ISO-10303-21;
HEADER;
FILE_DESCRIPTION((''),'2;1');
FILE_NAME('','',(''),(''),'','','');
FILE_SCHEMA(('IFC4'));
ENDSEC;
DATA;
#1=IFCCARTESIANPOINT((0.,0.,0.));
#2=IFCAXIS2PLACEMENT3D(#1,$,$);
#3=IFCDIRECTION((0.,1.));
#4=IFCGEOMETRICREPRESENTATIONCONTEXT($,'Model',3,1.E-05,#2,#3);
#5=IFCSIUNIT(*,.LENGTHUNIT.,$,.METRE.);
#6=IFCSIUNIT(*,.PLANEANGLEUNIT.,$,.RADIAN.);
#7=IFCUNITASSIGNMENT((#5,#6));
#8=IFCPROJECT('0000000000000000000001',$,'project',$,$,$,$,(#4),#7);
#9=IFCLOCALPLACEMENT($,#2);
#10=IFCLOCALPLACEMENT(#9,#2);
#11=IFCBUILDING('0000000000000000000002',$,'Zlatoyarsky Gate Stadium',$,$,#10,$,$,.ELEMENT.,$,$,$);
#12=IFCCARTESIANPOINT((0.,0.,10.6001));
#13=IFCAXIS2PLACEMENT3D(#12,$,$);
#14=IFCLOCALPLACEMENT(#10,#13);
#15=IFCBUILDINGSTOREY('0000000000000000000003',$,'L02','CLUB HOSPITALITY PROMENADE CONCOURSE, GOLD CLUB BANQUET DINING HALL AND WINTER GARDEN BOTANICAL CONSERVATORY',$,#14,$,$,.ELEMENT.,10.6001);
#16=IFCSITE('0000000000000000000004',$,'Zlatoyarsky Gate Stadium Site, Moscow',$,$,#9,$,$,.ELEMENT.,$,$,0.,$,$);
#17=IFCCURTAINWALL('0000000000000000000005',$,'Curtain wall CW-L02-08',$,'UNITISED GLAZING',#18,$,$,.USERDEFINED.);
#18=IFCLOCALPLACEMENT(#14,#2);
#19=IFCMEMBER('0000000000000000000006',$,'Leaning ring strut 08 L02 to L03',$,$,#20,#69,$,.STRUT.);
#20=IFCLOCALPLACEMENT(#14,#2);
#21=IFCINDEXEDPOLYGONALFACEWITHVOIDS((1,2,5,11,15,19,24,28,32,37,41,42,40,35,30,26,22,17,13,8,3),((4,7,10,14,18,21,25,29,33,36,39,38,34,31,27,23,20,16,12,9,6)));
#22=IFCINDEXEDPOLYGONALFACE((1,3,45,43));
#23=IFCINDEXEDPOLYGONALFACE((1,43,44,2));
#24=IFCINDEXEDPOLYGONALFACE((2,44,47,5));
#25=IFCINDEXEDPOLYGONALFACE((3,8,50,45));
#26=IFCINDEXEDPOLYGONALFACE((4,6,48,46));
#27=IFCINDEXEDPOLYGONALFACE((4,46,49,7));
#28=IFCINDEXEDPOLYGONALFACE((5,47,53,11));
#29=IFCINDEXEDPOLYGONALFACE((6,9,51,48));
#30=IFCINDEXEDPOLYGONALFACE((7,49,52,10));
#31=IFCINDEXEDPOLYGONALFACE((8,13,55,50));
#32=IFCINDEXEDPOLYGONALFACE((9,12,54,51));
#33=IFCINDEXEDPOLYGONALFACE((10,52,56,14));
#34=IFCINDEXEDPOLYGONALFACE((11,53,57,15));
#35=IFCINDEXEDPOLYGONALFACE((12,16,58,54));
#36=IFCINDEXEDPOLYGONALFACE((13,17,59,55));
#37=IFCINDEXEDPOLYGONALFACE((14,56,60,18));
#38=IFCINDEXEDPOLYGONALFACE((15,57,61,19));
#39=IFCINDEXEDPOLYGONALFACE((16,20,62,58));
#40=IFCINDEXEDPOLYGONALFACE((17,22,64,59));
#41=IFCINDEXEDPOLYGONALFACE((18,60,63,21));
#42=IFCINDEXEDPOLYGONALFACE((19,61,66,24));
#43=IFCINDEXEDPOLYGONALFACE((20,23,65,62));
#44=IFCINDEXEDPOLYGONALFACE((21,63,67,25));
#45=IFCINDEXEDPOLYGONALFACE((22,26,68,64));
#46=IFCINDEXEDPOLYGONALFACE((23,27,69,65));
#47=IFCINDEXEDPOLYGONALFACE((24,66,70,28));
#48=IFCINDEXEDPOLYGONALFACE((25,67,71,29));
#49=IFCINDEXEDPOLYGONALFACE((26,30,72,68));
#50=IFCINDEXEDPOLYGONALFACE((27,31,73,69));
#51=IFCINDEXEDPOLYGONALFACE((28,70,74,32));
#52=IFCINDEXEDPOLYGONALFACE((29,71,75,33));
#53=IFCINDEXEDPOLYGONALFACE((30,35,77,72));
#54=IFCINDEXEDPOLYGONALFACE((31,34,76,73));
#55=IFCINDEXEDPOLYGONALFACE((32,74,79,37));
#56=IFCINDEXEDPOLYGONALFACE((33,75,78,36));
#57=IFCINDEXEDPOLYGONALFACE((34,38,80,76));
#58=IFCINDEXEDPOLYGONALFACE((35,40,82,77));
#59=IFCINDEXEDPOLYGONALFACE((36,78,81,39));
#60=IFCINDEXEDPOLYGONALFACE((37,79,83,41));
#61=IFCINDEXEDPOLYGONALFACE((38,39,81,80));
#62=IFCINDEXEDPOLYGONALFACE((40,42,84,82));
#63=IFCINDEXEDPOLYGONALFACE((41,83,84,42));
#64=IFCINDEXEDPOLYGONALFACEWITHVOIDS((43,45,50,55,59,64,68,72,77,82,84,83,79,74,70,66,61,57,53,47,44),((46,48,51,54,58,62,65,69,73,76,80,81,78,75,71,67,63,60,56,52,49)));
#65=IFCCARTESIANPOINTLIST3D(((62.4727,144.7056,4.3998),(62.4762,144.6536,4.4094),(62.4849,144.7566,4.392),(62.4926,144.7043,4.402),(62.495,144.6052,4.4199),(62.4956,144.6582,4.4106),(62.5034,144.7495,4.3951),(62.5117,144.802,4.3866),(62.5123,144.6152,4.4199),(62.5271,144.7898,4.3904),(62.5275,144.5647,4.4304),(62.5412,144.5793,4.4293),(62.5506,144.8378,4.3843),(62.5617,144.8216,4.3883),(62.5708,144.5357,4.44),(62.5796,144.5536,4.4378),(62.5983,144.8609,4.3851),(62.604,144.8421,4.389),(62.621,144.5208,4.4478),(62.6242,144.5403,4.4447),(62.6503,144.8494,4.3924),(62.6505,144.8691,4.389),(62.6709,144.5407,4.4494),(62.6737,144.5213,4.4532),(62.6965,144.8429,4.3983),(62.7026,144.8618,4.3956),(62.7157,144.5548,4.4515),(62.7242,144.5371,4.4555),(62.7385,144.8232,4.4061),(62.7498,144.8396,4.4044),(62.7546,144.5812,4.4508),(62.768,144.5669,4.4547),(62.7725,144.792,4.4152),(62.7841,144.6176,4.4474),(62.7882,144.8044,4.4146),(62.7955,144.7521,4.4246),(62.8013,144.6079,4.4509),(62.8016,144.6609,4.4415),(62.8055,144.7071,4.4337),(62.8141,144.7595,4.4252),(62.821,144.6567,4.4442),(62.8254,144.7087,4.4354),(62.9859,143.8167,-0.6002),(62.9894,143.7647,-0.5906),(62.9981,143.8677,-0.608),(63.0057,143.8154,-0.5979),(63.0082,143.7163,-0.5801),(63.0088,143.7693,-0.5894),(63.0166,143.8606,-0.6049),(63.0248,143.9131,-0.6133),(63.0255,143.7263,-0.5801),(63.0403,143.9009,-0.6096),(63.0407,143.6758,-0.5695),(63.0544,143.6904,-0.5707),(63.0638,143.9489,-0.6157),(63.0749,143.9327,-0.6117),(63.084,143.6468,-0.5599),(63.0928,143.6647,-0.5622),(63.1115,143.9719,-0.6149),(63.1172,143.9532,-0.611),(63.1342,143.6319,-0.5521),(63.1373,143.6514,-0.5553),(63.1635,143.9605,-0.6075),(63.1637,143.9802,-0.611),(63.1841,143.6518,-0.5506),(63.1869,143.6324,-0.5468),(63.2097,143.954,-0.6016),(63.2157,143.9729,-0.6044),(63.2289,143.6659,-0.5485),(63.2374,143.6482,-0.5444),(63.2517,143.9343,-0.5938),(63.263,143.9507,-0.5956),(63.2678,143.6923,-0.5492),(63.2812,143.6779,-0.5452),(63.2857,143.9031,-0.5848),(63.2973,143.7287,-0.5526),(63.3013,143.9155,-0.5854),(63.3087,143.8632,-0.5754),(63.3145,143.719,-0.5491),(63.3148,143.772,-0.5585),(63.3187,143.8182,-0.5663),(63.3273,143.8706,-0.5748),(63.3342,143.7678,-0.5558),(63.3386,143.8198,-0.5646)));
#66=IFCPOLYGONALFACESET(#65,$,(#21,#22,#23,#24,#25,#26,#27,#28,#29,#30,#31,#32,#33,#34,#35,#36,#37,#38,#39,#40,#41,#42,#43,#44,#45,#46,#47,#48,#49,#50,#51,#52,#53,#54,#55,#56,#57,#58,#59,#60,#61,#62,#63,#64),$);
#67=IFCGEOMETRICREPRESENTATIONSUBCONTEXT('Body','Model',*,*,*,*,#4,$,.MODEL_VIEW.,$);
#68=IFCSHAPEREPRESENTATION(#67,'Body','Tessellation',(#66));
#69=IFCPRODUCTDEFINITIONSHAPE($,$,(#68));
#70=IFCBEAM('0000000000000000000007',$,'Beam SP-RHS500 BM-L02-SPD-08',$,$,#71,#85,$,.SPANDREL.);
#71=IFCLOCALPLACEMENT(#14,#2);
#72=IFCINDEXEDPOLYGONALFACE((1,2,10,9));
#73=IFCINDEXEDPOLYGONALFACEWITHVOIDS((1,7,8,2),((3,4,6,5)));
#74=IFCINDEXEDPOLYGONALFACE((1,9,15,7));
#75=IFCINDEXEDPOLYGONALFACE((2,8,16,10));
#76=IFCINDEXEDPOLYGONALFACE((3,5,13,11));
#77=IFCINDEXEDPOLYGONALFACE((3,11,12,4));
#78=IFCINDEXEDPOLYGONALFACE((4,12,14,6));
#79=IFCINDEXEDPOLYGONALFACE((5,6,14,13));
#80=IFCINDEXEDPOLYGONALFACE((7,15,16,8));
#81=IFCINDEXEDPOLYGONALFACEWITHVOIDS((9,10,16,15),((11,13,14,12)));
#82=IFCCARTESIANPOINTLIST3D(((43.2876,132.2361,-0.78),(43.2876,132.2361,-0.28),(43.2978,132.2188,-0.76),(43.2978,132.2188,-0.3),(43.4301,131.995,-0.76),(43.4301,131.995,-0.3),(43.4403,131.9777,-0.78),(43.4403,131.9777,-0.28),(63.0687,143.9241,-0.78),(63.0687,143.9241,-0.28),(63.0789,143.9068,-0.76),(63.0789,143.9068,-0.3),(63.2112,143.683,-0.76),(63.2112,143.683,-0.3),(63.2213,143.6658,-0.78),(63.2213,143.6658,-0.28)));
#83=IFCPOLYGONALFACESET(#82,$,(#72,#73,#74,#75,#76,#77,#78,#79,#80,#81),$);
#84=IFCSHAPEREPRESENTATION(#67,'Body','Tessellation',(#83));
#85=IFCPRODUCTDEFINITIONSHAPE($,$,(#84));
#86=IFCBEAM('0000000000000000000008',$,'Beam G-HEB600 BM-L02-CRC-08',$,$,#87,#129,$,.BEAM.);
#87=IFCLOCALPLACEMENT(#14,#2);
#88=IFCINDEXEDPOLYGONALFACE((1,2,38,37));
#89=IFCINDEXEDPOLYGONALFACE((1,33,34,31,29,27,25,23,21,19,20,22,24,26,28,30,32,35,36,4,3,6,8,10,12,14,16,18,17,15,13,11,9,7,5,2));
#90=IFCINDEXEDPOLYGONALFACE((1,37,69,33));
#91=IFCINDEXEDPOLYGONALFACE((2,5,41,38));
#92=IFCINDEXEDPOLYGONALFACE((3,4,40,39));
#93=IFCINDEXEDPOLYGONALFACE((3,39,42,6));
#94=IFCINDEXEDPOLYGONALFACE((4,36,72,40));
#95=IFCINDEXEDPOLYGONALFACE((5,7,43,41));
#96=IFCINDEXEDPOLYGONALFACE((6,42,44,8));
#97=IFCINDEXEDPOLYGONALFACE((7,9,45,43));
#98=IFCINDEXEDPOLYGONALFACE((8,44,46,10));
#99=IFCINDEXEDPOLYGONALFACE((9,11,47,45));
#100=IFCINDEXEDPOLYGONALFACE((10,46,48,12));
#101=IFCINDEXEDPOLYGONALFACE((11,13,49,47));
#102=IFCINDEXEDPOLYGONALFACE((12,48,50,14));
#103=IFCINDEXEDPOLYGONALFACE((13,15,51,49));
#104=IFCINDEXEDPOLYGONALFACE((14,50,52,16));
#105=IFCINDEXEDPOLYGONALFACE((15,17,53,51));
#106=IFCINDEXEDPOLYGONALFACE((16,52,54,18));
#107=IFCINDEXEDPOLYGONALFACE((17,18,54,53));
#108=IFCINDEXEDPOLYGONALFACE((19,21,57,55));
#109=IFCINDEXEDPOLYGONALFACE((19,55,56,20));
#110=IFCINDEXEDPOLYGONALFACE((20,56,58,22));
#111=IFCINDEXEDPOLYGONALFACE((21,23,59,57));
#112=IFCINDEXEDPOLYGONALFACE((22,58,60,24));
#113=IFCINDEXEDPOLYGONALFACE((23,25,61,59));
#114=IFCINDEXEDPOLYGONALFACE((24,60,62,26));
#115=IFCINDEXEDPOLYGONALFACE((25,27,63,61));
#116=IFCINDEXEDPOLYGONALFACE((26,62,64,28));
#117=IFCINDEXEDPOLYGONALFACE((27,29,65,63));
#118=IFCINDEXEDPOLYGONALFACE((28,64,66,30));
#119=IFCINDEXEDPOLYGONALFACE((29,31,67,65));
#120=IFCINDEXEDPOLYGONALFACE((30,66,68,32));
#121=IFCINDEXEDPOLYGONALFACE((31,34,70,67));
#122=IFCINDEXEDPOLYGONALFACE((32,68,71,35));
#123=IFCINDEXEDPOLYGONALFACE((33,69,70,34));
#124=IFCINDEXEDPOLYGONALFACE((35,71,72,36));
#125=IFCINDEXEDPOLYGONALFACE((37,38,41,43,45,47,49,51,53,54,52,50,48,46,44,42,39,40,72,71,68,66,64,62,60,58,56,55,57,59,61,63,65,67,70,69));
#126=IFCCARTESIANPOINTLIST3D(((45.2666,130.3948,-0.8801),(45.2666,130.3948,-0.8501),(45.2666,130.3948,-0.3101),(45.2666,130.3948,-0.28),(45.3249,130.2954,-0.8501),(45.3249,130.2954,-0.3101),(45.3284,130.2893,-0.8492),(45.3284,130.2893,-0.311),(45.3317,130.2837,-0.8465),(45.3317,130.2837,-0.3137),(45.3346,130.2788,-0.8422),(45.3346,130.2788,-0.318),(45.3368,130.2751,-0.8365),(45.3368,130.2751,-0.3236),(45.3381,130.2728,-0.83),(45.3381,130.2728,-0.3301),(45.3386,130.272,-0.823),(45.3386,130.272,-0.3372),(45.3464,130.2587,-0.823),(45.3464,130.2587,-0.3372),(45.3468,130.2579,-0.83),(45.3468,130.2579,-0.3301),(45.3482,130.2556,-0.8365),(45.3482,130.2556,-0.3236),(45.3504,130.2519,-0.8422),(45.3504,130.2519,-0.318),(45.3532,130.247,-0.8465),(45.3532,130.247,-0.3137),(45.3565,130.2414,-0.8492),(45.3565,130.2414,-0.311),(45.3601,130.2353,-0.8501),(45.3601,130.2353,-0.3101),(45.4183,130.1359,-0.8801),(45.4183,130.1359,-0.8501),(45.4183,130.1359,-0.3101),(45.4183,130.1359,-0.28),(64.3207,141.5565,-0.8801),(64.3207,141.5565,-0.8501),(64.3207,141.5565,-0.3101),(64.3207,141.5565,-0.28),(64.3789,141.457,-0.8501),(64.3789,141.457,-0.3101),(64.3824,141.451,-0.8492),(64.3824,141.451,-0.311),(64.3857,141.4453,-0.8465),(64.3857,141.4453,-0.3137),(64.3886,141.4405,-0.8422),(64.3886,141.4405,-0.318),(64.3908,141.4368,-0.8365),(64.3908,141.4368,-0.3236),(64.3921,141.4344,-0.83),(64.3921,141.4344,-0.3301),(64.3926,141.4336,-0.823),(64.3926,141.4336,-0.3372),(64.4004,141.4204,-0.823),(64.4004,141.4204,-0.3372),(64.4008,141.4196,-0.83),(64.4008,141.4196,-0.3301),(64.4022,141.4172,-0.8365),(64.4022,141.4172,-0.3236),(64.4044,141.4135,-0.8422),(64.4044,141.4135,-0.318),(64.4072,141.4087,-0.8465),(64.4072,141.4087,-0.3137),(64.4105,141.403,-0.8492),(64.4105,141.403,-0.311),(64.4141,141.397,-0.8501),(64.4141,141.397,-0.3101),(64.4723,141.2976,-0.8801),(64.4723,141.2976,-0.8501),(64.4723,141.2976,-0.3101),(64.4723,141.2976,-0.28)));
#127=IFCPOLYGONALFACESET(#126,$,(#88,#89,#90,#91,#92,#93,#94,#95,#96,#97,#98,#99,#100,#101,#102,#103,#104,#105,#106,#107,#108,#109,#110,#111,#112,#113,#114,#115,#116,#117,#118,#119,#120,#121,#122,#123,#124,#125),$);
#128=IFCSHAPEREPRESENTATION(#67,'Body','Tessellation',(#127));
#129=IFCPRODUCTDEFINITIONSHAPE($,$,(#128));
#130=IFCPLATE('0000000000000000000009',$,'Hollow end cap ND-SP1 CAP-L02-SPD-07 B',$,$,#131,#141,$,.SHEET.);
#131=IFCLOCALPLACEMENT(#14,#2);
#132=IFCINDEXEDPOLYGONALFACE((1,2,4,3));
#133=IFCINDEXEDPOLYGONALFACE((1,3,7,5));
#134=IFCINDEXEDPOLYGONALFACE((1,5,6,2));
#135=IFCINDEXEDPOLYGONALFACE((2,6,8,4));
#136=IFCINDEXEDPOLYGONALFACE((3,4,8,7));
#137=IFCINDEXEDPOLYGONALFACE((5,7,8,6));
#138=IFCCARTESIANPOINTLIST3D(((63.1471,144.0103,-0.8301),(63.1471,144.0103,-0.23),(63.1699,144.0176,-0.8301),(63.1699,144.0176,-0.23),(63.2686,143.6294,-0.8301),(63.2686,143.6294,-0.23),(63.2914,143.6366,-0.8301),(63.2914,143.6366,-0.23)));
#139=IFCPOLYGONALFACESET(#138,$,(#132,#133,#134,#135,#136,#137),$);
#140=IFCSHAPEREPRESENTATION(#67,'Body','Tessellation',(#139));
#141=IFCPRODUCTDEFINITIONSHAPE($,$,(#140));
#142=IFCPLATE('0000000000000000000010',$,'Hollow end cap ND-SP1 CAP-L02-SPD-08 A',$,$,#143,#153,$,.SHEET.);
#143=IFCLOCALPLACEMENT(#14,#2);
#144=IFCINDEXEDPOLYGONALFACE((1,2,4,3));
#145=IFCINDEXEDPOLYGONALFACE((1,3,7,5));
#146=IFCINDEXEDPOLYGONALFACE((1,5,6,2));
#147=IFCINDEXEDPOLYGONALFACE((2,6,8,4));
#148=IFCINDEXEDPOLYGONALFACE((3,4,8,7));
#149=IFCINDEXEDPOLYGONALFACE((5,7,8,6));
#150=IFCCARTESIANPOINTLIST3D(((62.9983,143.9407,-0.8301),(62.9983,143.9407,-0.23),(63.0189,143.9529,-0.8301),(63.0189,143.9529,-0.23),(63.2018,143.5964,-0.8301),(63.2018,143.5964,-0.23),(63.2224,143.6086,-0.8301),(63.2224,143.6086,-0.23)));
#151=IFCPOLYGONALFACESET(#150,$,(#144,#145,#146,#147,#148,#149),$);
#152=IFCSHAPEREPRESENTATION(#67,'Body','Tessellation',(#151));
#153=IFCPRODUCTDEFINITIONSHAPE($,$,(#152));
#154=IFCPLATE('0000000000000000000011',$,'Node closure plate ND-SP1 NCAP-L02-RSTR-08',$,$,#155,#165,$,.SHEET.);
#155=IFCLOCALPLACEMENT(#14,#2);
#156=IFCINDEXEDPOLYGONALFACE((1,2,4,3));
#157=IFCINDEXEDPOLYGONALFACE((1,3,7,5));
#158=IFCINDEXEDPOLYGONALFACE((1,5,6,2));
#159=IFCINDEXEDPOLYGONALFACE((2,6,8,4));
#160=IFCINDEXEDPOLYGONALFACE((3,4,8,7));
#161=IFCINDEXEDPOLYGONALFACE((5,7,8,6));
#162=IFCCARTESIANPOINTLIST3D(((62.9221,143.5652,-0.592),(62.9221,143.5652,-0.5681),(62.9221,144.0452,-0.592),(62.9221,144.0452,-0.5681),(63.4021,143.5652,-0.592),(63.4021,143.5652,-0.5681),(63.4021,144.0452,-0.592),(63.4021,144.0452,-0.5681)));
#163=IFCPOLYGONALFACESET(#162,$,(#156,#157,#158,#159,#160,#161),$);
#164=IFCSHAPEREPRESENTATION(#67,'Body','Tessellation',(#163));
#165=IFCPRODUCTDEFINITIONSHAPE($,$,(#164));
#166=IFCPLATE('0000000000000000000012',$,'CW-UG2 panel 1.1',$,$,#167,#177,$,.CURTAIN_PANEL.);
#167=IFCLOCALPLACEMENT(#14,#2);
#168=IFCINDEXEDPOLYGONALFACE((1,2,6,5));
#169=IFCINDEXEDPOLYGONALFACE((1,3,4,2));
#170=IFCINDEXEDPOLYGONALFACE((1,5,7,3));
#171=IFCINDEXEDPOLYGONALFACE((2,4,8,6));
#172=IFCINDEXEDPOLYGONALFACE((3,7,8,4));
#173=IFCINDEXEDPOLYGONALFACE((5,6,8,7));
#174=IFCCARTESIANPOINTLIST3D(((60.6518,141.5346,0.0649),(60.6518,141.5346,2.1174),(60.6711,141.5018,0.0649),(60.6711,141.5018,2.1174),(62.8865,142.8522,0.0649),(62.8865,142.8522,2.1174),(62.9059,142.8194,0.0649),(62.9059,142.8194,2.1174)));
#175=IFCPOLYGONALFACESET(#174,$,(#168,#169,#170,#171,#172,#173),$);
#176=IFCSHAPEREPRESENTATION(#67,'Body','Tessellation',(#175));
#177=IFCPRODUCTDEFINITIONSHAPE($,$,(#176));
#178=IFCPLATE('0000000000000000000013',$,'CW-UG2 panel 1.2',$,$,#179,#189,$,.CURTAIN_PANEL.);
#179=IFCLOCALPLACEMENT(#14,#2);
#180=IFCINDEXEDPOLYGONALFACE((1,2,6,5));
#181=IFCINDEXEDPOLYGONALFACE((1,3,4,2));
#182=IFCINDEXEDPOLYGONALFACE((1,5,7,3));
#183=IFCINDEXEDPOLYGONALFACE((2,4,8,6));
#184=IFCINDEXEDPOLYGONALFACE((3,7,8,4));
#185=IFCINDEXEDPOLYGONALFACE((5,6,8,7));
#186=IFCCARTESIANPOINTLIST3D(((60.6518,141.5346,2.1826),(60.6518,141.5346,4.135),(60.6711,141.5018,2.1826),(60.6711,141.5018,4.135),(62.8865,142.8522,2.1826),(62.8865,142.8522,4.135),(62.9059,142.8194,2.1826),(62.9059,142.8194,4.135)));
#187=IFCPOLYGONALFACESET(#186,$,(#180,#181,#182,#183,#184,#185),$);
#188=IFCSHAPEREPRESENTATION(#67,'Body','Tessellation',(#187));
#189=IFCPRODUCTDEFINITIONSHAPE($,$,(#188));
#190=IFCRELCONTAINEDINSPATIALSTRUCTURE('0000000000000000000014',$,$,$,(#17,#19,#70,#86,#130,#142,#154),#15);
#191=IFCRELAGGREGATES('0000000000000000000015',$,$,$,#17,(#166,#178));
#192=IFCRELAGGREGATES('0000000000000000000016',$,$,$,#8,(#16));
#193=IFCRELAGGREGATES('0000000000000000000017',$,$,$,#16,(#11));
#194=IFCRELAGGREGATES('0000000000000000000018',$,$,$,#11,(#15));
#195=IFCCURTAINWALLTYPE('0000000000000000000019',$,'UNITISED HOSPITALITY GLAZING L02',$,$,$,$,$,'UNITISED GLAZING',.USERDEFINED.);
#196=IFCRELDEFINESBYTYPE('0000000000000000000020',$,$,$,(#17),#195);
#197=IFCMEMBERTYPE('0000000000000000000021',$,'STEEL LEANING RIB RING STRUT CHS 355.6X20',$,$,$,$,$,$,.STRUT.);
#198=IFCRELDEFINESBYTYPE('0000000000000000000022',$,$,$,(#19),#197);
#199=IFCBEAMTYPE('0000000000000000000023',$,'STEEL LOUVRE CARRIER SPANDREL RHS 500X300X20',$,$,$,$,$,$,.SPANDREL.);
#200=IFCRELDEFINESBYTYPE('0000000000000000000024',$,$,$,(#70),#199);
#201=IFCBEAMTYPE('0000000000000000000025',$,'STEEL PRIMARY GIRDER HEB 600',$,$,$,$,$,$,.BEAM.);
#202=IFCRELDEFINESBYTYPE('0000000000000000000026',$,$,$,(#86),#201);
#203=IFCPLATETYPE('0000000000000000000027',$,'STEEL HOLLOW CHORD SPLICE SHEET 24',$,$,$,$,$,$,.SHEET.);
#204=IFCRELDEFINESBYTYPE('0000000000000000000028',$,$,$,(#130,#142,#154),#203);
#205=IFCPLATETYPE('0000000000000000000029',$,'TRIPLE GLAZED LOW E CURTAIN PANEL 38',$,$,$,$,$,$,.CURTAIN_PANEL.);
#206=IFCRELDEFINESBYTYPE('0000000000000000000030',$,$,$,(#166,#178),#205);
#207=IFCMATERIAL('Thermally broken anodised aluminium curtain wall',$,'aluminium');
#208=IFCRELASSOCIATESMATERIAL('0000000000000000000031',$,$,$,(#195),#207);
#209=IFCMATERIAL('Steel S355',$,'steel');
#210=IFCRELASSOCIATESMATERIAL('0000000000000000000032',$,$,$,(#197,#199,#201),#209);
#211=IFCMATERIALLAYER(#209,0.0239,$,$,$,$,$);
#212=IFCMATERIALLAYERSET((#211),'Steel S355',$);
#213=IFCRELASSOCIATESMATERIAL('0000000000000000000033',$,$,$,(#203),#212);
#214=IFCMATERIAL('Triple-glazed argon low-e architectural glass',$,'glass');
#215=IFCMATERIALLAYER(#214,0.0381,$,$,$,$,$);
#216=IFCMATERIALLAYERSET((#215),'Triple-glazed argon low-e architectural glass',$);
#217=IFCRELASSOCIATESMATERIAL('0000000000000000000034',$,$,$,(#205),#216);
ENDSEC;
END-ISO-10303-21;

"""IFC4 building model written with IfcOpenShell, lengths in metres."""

from ifc_helpers import new_model, si_unit, direction, frame, origin, origin_2d, place, context, subcontext, project, spatial, rectangle, hollow_rectangle, hollow_circle, i_section, extrude, material, layer, layer_set, material_profile, profile_set, type_object, element, aggregate, save


model = new_model("IFC4")

# Units and contexts
model_context = context("Model", 3, precision=1e-05, world=origin(), true_north=direction((0.0, 1.0)))
body_context = subcontext(model_context, "Body", "Model", "MODEL_VIEW")
ifc_project = project(units=[si_unit("LENGTHUNIT", "METRE"), si_unit("PLANEANGLEUNIT", "RADIAN")], contexts=[model_context])

# Site, building, storey
site_placement = place(None, origin())
site = spatial("IfcSite", under=ifc_project, at=site_placement, Name="Zlatoyarsky Gate Stadium Site, Moscow", CompositionType="ELEMENT", RefElevation=0.0)
building_placement = place(site_placement, origin())
building = spatial("IfcBuilding", under=site, at=building_placement, Name="Zlatoyarsky Gate Stadium", CompositionType="ELEMENT")
storey_placement = place(building_placement, frame((0.0, 0.0, 10.6001)))
storey = spatial("IfcBuildingStorey", under=building, at=storey_placement, Name="L02", Description="CLUB HOSPITALITY PROMENADE CONCOURSE, GOLD CLUB BANQUET DINING HALL AND WINTER GARDEN BOTANICAL CONSERVATORY", CompositionType="ELEMENT", Elevation=10.6001)

# Shared definitions
ifc_material_1 = material(Name="Thermally broken anodised aluminium curtain wall", Category="aluminium")
curtain_wall_type = type_object("IfcCurtainWallType", Name="UNITISED HOSPITALITY GLAZING L02", ElementType="UNITISED GLAZING", PredefinedType="USERDEFINED", material=ifc_material_1)

# Curtain wall
curtain_wall_1_placement = place(storey_placement, origin())
curtain_wall_1 = element("IfcCurtainWall", 1, at=curtain_wall_1_placement, inside=storey, type_object=curtain_wall_type, Name="Curtain wall CW-L02-08", ObjectType="UNITISED GLAZING", PredefinedType="USERDEFINED")

# Member
ifc_material_2 = material(Name="Steel S355", Category="steel")
ifc_material_profile_1 = material_profile(ifc_material_2, hollow_circle(Radius=0.1777, WallThickness=0.02, at=origin_2d()), Name="CHS 355.6X20")
ifc_profile_set_1 = profile_set([ifc_material_profile_1], Name="Steel S355")
member_type_1 = type_object("IfcMemberType", Name="STEEL LEANING RIB RING STRUT CHS 355.6X20", PredefinedType="STRUT", material=ifc_profile_set_1)
member_1_placement = place(storey_placement, frame((63.1621, 143.8052, -0.5801), z_axis=(-0.10054, 0.174152, 0.979573), x_axis=(-0.866039, -0.499976, 0.0)))
element("IfcMember", 2, at=member_1_placement, inside=storey, type_object=member_type_1, Name="Leaning ring strut 08 L02 to L03", PredefinedType="STRUT", context=body_context, shape_type="SweptSolid", body=[
    extrude(hollow_circle(Radius=0.1777, WallThickness=0.02, at=origin_2d()), origin(), (0.0, 0.0, 1.0), 5.1042),
])

# Beams
ifc_material_profile_2 = material_profile(ifc_material_2, hollow_rectangle(XDim=0.3, YDim=0.5, WallThickness=0.02, at=origin_2d()), Name="RHS 500X300X20")
ifc_profile_set_2 = profile_set([ifc_material_profile_2], Name="Steel S355")
beam_type_1 = type_object("IfcBeamType", Name="STEEL LOUVRE CARRIER SPANDREL RHS 500X300X20", PredefinedType="SPANDREL", material=ifc_profile_set_2)
beam_1_placement = place(storey_placement, frame((63.145, 143.7949, -0.53), z_axis=(-0.860942, -0.508704, 0.0), x_axis=(0.508704, -0.860942, 0.0)))
element("IfcBeam", 3, at=beam_1_placement, inside=storey, type_object=beam_type_1, Name="Beam SP-RHS500 BM-L02-SPD-08", PredefinedType="SPANDREL", context=body_context, shape_type="SweptSolid", body=[
    extrude(hollow_rectangle(XDim=0.3, YDim=0.5, WallThickness=0.02, at=origin_2d()), origin(), (0.0, 0.0, 1.0), 22.9761),
])
ifc_material_profile_3 = material_profile(ifc_material_2, i_section(OverallWidth=0.3, OverallDepth=0.6001, WebThickness=0.0154, FlangeThickness=0.03, FilletRadius=0.0271, at=origin_2d()), Name="HEB 600")
ifc_profile_set_3 = profile_set([ifc_material_profile_3], Name="Steel S355")
beam_type_2 = type_object("IfcBeamType", Name="STEEL PRIMARY GIRDER HEB 600", PredefinedType="BEAM", material=ifc_profile_set_3)
beam_2_placement = place(storey_placement, frame((64.3965, 141.427, -0.5801), z_axis=(-0.862855, -0.505452, 0.0), x_axis=(0.505452, -0.862855, 0.0)))
element("IfcBeam", 4, at=beam_2_placement, inside=storey, type_object=beam_type_2, Name="Beam G-HEB600 BM-L02-CRC-08", PredefinedType="BEAM", context=body_context, shape_type="SweptSolid", body=[
    extrude(i_section(OverallWidth=0.3, OverallDepth=0.6001, WebThickness=0.0154, FlangeThickness=0.03, FilletRadius=0.0271, at=origin_2d()), origin(), (0.0, 0.0, 1.0), 22.0825),
])

# Plates
ifc_layer_1 = layer(ifc_material_2, 0.0239)
ifc_layer_set_1 = layer_set([ifc_layer_1], Name="Steel S355")
plate_type_1 = type_object("IfcPlateType", Name="STEEL HOLLOW CHORD SPLICE SHEET 24", PredefinedType="SHEET", material=ifc_layer_set_1)
for number, where, z_axis, x_axis, name in (
    (5, (63.2192, 143.8235, -0.8301), (0.0, 0.0, 1.0), (-0.952709, -0.303886, 0.0), "Hollow end cap ND-SP1 CAP-L02-SPD-07 B"),
    (6, (63.1104, 143.7747, -0.8301), (0.0, 0.0, 1.0), (-0.860936, -0.508714, 0.0), "Hollow end cap ND-SP1 CAP-L02-SPD-08 A"),
):
    element("IfcPlate", number, at=place(storey_placement, frame(where, z_axis=z_axis, x_axis=x_axis)), inside=storey, type_object=plate_type_1, Name=name, PredefinedType="SHEET", context=body_context, shape_type="SweptSolid", body=[
        extrude(rectangle(XDim=0.0239, YDim=0.3999, at=origin_2d()), origin(), (0.0, 0.0, 1.0), 0.6001),
    ])
plate_1_placement = place(storey_placement, frame((63.1621, 143.8052, -0.592), z_axis=(0.0, 0.0, 1.0), x_axis=(1.0, 0.0, 0.0)))
element("IfcPlate", 7, at=plate_1_placement, inside=storey, type_object=plate_type_1, Name="Node closure plate ND-SP1 NCAP-L02-RSTR-08", PredefinedType="SHEET", context=body_context, shape_type="SweptSolid", body=[
    extrude(rectangle(XDim=0.48, YDim=0.48, at=origin_2d()), origin(), (0.0, 0.0, 1.0), 0.0239),
])

# Plates
ifc_material_3 = material(Name="Triple-glazed argon low-e architectural glass", Category="glass")
ifc_layer_2 = layer(ifc_material_3, 0.0381)
ifc_layer_set_2 = layer_set([ifc_layer_2], Name="Triple-glazed argon low-e architectural glass")
plate_type_2 = type_object("IfcPlateType", Name="TRIPLE GLAZED LOW E CURTAIN PANEL 38", PredefinedType="CURTAIN_PANEL", material=ifc_layer_set_2)
plate_2_placement = place(storey_placement, frame((61.7788, 142.177, 0.0649), z_axis=(0.0, 0.0, 1.0), x_axis=(-0.861426, -0.507882, 0.0)))
plate_2 = element("IfcPlate", 8, at=plate_2_placement, type_object=plate_type_2, Name="CW-UG2 panel 1.1", PredefinedType="CURTAIN_PANEL", context=body_context, shape_type="SweptSolid", body=[
    extrude(rectangle(XDim=2.5942, YDim=0.0381, at=origin_2d()), origin(), (0.0, 0.0, 1.0), 2.0525),
])
plate_3_placement = place(storey_placement, frame((61.7788, 142.177, 2.1826), z_axis=(0.0, 0.0, 1.0), x_axis=(-0.861426, -0.507882, 0.0)))
plate_3 = element("IfcPlate", 9, at=plate_3_placement, type_object=plate_type_2, Name="CW-UG2 panel 1.2", PredefinedType="CURTAIN_PANEL", context=body_context, shape_type="SweptSolid", body=[
    extrude(rectangle(XDim=2.5942, YDim=0.0381, at=origin_2d()), origin(), (0.0, 0.0, 1.0), 1.9524),
])
aggregate(curtain_wall_1, [plate_2, plate_3])

save(model, "model.ifc")
